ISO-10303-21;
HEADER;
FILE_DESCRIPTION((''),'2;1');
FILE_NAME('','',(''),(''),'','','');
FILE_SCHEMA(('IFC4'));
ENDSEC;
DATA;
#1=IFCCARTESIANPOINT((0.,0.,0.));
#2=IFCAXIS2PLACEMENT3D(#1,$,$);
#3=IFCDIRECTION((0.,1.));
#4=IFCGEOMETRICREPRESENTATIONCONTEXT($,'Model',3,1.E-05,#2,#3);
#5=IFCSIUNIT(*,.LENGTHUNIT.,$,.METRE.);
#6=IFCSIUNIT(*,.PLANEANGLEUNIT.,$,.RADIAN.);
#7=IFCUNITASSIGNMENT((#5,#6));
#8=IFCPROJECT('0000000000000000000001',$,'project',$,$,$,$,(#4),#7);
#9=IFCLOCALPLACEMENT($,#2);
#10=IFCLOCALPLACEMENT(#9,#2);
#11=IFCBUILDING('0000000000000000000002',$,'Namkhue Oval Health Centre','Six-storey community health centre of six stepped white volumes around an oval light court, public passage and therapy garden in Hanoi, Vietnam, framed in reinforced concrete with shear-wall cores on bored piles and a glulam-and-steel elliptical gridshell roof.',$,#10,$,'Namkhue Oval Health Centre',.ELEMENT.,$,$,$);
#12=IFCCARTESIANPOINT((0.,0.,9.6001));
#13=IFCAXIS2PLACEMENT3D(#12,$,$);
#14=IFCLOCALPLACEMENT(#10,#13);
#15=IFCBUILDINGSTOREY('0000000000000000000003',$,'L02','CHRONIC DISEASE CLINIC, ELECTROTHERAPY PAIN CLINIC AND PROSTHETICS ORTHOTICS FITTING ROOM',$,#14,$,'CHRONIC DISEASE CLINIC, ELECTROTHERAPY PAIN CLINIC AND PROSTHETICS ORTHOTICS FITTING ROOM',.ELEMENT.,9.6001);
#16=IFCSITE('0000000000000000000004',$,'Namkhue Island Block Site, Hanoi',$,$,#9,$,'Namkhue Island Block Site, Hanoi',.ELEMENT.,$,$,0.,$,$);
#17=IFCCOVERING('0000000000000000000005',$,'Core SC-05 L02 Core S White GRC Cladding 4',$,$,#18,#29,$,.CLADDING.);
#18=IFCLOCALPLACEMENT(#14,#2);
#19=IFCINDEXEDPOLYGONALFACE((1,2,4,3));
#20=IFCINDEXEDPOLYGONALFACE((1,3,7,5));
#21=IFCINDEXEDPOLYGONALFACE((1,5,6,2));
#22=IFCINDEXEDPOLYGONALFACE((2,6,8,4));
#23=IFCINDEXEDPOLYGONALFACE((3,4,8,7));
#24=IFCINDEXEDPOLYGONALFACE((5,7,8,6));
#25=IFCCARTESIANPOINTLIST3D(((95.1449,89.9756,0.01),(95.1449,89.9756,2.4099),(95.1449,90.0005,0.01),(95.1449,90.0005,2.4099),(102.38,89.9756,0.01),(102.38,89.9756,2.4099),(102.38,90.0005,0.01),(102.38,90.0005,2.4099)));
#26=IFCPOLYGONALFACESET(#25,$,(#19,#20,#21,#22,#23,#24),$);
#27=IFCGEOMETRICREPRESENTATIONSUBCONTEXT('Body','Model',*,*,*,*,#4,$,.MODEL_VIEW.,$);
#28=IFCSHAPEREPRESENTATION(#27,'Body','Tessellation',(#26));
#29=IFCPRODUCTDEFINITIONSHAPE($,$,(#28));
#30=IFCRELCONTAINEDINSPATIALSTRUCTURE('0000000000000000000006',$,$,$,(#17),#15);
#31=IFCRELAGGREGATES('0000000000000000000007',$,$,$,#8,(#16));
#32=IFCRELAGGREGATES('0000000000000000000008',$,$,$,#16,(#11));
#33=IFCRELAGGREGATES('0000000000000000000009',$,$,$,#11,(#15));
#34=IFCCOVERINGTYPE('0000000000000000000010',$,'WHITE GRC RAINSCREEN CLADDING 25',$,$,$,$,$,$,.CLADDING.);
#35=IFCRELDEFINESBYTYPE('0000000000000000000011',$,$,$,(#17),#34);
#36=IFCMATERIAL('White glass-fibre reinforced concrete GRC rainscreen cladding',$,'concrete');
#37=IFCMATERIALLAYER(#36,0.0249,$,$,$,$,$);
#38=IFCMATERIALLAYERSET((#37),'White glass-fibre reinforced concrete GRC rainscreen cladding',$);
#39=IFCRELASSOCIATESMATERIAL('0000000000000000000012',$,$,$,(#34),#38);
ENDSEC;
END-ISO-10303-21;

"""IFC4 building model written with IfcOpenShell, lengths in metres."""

from ifc_helpers import new_model, si_unit, direction, frame, origin, origin_2d, place, context, subcontext, project, spatial, rectangle, extrude, material, layer, layer_set, type_object, element, save


model = new_model("IFC4")

# Units and contexts
model_context = context("Model", 3, precision=1e-05, world=origin(), true_north=direction((0.0, 1.0)))
body_context = subcontext(model_context, "Body", "Model", "MODEL_VIEW")
ifc_project = project(units=[si_unit("LENGTHUNIT", "METRE"), si_unit("PLANEANGLEUNIT", "RADIAN")], contexts=[model_context])

# Site, building, storey
site_placement = place(None, origin())
site = spatial("IfcSite", under=ifc_project, at=site_placement, Name="Namkhue Island Block Site, Hanoi", LongName="Namkhue Island Block Site, Hanoi", CompositionType="ELEMENT", RefElevation=0.0)
building_placement = place(site_placement, origin())
building = spatial("IfcBuilding", under=site, at=building_placement, Name="Namkhue Oval Health Centre", Description="Six-storey community health centre of six stepped white volumes around an oval light court, public passage and therapy garden in Hanoi, Vietnam, framed in reinforced concrete with shear-wall cores on bored piles and a glulam-and-steel elliptical gridshell roof.", LongName="Namkhue Oval Health Centre", CompositionType="ELEMENT")
storey_placement = place(building_placement, frame((0.0, 0.0, 9.6001)))
storey = spatial("IfcBuildingStorey", under=building, at=storey_placement, Name="L02", Description="CHRONIC DISEASE CLINIC, ELECTROTHERAPY PAIN CLINIC AND PROSTHETICS ORTHOTICS FITTING ROOM", LongName="CHRONIC DISEASE CLINIC, ELECTROTHERAPY PAIN CLINIC AND PROSTHETICS ORTHOTICS FITTING ROOM", CompositionType="ELEMENT", Elevation=9.6001)

# Covering
ifc_material_1 = material(Name="White glass-fibre reinforced concrete GRC rainscreen cladding", Category="concrete")
ifc_layer_1 = layer(ifc_material_1, 0.0249)
ifc_layer_set_1 = layer_set([ifc_layer_1], Name="White glass-fibre reinforced concrete GRC rainscreen cladding")
covering_type = type_object("IfcCoveringType", Name="WHITE GRC RAINSCREEN CLADDING 25", PredefinedType="CLADDING", material=ifc_layer_set_1)
covering_1_placement = place(storey_placement, frame((98.7625, 89.988, 0.01), z_axis=(0.0, 0.0, 1.0), x_axis=(1.0, 0.0, 0.0)))
element("IfcCovering", 1, at=covering_1_placement, inside=storey, type_object=covering_type, Name="Core SC-05 L02 Core S White GRC Cladding 4", PredefinedType="CLADDING", context=body_context, shape_type="SweptSolid", body=[
    extrude(rectangle(XDim=7.2351, YDim=0.0249, at=origin_2d()), origin(), (0.0, 0.0, 1.0), 2.3999),
])

save(model, "model.ifc")
